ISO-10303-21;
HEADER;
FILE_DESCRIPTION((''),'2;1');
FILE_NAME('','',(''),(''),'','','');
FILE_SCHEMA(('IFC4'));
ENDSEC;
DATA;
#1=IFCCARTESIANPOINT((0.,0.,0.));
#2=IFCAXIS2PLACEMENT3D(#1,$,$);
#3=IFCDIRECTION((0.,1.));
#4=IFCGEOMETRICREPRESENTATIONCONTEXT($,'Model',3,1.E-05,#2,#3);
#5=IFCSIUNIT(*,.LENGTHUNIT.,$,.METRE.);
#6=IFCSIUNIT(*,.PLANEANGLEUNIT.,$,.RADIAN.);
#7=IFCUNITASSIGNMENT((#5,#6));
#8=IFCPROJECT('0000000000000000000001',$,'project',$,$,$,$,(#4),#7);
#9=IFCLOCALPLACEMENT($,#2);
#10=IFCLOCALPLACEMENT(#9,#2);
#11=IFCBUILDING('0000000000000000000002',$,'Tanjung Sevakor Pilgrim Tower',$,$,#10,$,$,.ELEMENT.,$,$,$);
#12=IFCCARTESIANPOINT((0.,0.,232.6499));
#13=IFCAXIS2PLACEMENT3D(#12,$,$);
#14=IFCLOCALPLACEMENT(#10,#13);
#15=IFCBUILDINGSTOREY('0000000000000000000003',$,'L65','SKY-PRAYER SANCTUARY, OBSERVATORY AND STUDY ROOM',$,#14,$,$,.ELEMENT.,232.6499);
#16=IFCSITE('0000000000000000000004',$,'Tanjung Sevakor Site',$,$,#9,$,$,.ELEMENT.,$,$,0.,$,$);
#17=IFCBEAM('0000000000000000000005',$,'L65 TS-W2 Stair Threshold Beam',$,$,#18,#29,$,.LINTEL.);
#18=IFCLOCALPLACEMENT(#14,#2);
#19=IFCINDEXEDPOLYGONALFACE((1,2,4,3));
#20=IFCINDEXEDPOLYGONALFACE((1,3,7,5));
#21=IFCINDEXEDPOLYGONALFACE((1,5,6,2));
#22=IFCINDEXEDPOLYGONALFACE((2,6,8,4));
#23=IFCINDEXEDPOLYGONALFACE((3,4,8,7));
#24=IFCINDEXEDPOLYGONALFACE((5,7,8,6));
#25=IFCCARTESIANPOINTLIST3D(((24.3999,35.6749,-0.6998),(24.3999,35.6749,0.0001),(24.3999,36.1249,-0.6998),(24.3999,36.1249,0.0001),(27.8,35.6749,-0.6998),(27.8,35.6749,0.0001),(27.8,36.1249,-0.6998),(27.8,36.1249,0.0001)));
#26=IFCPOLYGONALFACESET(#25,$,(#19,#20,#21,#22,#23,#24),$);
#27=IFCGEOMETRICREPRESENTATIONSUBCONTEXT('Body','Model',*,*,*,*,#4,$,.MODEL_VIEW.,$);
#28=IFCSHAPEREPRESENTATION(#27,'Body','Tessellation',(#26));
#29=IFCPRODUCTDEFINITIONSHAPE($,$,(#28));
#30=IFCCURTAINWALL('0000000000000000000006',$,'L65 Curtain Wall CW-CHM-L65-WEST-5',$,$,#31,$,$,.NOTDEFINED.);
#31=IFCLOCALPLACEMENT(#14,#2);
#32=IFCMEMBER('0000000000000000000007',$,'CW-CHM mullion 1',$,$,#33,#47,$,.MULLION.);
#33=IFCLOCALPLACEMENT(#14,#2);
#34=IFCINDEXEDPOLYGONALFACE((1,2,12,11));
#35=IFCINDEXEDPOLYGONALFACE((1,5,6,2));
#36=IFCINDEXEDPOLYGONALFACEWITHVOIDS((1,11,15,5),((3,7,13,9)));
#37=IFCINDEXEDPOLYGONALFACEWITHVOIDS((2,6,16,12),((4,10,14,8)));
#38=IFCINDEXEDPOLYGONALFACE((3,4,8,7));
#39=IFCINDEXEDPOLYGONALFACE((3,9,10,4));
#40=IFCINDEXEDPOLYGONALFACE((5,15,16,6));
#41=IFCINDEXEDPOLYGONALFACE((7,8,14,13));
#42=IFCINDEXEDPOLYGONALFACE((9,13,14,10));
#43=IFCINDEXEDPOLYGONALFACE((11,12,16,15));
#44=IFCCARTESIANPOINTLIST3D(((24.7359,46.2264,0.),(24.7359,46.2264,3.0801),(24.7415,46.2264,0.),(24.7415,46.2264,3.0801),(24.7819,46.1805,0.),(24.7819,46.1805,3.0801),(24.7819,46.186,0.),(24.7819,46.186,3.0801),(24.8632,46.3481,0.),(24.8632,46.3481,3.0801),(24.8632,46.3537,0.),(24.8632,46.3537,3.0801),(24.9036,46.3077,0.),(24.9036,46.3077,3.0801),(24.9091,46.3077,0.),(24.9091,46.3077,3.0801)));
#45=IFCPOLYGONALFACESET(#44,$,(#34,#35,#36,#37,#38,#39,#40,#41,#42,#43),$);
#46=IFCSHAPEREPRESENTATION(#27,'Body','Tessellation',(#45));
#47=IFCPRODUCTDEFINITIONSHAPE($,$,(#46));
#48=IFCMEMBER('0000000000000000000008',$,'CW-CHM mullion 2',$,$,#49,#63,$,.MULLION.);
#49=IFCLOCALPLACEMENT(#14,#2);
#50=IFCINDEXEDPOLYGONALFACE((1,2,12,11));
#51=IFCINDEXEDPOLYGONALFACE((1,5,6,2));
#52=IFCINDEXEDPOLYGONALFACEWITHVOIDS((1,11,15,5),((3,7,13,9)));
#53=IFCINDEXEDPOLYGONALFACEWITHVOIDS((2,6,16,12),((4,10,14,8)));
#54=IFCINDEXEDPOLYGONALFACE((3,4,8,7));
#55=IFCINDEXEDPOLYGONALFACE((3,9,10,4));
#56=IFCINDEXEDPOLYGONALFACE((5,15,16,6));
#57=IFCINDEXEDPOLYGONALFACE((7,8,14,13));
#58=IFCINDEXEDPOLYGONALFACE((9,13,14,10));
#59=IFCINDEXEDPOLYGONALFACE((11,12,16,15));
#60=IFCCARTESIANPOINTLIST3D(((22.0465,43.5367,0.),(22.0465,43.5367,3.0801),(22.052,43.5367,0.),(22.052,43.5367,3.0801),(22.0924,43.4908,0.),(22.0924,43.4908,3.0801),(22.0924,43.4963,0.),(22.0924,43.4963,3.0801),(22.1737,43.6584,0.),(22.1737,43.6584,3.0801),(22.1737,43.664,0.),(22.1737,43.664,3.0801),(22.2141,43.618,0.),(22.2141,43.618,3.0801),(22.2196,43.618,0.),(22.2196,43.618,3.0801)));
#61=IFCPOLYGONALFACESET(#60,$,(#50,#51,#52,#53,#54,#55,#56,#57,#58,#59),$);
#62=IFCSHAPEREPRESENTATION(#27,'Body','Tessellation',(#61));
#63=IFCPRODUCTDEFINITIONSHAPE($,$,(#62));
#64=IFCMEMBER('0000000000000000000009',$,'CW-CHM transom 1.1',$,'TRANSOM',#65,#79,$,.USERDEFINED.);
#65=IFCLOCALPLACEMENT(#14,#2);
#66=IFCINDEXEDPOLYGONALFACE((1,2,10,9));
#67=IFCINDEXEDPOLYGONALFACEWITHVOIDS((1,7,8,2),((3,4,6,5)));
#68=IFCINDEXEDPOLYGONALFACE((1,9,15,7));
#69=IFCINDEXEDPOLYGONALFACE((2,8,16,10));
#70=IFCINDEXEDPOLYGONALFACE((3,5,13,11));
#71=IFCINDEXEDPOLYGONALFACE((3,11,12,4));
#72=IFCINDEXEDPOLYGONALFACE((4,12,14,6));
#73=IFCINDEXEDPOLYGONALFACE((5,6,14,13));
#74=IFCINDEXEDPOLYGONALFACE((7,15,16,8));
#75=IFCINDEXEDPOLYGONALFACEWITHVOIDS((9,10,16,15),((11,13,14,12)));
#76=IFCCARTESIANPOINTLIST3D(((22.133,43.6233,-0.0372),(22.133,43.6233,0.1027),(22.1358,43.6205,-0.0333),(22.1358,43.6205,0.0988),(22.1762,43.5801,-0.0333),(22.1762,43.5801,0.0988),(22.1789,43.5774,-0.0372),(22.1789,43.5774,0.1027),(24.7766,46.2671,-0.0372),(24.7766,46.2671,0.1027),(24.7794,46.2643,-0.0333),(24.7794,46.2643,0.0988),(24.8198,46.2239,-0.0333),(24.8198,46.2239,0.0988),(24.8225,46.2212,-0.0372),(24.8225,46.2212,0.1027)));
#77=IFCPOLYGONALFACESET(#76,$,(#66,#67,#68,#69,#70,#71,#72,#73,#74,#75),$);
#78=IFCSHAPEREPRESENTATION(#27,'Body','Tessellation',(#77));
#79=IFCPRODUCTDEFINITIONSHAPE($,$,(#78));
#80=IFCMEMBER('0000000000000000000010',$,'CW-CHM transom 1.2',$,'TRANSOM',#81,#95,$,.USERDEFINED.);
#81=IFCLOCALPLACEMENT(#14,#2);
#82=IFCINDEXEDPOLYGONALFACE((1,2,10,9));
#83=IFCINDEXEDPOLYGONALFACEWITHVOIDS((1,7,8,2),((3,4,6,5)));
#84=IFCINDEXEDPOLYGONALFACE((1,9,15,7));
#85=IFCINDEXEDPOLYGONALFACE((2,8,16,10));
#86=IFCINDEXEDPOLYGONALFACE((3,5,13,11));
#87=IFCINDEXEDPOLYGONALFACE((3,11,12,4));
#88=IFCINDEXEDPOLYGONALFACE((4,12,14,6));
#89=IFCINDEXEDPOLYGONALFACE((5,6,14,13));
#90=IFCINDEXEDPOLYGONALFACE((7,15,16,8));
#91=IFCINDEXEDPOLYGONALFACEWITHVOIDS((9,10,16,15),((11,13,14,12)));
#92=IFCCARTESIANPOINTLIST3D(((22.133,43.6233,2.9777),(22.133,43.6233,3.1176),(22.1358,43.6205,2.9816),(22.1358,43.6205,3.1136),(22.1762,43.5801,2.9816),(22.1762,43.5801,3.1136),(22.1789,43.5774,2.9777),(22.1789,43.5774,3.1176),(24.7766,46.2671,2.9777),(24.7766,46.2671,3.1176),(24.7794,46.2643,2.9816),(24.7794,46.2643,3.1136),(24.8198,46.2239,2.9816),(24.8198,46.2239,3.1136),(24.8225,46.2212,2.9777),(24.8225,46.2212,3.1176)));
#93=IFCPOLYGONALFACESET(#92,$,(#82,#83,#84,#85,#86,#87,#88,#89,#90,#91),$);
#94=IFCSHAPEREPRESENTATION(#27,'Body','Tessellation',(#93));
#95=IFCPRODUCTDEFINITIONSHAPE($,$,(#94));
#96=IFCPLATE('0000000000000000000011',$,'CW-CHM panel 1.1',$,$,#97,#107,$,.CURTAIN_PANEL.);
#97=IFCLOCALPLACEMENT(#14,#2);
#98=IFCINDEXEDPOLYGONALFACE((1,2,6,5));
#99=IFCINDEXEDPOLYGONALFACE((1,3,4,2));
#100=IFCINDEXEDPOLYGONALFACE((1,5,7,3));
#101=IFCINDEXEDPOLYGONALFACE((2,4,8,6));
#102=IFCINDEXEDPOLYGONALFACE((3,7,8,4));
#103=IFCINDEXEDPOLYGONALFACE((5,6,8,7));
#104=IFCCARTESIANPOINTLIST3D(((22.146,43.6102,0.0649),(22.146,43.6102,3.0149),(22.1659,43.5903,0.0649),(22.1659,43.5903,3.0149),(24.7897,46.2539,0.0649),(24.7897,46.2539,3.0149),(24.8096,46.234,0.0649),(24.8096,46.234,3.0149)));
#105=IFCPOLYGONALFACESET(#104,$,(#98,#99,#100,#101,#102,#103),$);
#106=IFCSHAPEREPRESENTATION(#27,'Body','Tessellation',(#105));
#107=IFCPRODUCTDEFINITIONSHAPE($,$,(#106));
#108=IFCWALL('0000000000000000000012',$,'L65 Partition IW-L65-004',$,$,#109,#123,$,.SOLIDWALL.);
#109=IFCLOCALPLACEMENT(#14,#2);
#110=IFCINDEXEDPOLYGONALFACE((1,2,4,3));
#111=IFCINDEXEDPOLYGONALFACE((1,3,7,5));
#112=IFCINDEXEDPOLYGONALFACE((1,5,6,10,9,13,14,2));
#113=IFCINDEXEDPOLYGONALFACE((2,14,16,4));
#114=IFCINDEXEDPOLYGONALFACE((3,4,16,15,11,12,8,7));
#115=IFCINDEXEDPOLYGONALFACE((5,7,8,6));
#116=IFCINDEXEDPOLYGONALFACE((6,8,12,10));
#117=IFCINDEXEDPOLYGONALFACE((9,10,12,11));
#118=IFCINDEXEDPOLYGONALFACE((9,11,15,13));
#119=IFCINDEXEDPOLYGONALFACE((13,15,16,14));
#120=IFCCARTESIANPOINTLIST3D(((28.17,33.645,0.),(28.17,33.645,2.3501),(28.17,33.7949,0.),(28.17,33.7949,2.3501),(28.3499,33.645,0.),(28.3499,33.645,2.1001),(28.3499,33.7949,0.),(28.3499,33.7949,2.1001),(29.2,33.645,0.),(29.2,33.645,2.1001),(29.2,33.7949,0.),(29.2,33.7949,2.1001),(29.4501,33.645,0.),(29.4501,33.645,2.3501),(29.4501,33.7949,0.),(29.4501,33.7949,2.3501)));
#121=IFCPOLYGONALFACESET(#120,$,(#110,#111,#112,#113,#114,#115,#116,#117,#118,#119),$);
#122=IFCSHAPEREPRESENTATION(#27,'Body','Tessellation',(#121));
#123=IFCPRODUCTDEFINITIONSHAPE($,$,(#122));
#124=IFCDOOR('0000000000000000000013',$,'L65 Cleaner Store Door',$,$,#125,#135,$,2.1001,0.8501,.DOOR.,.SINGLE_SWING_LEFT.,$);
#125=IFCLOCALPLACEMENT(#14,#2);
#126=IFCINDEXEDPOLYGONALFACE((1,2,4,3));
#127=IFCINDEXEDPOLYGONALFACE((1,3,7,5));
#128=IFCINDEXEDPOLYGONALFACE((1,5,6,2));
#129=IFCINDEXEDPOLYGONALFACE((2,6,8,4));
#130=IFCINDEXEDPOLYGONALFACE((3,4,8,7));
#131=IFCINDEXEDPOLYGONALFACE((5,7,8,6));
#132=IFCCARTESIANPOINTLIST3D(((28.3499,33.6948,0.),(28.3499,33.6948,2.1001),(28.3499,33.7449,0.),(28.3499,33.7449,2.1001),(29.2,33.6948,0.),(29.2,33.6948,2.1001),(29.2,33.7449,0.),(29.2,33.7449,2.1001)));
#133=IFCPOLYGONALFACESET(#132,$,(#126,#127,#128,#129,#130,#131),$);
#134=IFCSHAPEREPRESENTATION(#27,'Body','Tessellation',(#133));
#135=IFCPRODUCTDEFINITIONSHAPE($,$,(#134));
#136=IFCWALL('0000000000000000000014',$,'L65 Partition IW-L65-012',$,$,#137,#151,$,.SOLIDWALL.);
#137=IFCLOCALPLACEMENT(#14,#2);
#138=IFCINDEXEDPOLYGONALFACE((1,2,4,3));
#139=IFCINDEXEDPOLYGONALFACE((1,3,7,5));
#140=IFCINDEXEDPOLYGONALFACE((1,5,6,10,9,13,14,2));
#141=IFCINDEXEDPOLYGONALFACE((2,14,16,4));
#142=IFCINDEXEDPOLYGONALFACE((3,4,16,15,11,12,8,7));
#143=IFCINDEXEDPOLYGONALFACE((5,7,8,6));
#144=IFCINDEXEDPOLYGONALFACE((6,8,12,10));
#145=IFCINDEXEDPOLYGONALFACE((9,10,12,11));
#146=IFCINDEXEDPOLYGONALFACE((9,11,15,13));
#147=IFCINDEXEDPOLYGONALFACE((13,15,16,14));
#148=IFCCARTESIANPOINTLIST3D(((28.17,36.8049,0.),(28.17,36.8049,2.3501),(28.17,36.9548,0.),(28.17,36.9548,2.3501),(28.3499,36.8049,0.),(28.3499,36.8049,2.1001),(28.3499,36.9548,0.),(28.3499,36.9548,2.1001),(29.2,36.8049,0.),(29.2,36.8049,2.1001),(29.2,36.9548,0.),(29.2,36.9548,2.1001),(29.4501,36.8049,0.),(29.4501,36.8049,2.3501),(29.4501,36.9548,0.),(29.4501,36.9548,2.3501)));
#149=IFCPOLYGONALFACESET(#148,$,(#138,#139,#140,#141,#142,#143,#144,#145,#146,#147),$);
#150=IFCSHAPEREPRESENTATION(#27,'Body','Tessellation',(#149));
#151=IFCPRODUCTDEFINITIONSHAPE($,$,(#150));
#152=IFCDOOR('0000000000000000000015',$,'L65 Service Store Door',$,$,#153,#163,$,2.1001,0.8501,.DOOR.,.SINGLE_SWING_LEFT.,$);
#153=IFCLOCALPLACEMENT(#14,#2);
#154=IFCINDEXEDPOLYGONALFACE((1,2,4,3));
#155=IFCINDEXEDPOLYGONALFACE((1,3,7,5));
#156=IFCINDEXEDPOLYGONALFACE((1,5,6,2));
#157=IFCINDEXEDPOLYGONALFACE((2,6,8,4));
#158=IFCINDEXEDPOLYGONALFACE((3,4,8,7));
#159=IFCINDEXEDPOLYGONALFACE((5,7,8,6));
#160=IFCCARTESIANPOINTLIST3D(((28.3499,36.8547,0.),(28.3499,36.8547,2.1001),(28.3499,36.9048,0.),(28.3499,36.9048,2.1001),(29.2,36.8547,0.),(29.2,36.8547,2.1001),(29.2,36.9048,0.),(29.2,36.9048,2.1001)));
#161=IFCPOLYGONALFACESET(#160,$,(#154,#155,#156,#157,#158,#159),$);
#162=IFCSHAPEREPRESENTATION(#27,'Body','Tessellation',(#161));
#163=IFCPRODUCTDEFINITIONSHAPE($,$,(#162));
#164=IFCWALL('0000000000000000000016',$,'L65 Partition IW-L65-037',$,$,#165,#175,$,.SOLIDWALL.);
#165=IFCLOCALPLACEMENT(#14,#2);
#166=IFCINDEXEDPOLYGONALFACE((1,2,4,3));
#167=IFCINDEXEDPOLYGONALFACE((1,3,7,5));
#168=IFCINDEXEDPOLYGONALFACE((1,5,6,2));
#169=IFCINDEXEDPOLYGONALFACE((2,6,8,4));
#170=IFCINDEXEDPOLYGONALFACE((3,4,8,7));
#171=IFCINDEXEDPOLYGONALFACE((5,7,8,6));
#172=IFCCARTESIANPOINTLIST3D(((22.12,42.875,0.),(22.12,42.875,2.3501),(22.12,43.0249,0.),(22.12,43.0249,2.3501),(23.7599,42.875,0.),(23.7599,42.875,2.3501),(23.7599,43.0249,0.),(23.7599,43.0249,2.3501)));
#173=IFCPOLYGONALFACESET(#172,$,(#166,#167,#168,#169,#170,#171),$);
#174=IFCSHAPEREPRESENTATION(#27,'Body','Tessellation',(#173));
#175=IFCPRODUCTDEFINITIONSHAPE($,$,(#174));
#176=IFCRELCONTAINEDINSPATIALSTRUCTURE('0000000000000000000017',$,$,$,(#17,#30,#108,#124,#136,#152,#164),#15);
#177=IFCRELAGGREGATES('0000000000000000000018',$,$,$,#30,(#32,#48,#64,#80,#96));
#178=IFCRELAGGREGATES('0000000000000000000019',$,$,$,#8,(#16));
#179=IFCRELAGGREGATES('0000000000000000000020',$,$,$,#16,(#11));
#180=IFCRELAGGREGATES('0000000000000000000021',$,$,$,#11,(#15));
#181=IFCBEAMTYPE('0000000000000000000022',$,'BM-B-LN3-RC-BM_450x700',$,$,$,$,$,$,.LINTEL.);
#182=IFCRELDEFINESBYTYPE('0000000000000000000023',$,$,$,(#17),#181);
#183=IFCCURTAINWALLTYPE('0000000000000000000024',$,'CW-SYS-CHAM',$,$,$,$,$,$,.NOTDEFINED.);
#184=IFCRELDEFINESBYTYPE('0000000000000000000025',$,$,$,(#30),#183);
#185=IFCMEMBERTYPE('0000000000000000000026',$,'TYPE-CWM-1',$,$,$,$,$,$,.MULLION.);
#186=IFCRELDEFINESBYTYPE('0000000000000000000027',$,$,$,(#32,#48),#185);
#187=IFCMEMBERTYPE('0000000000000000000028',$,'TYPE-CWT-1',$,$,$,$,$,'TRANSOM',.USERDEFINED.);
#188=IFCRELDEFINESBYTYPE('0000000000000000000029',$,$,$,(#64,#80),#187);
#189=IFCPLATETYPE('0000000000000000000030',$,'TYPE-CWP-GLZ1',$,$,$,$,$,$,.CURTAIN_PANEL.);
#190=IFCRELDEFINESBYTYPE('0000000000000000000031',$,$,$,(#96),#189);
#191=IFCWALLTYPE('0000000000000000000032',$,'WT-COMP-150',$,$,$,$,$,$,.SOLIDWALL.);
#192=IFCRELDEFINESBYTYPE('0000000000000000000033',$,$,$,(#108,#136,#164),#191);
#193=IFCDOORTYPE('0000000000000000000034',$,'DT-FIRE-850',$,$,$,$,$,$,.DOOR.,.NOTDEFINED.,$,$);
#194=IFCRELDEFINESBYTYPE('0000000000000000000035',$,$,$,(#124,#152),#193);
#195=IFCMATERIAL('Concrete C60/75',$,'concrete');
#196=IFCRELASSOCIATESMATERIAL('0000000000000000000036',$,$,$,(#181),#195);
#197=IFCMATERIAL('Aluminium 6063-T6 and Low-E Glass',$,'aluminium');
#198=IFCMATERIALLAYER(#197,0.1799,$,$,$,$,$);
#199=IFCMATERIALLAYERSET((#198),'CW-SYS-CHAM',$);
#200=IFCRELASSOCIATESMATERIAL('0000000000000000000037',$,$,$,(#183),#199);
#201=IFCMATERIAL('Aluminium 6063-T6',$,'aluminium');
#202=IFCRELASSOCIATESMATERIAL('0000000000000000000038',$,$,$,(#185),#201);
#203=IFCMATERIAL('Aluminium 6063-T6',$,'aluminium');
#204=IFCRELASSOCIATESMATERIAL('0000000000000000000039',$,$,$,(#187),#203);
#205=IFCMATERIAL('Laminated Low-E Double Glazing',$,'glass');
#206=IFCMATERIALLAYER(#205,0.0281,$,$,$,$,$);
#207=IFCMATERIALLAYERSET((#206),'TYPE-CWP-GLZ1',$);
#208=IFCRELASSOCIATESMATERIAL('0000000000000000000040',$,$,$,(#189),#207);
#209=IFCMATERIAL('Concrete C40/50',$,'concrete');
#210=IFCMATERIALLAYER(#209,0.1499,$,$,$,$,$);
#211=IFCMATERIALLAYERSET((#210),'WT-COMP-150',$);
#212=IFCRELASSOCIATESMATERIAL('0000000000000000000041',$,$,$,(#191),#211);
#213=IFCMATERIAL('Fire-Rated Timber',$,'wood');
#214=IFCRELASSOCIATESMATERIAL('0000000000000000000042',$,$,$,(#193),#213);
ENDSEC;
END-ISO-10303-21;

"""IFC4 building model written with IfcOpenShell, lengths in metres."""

from ifc_helpers import new_model, si_unit, direction, frame, frame_2d, origin, origin_2d, place, context, subcontext, project, spatial, rectangle, hollow_rectangle, extrude, material, layer, layer_set, material_profile, profile_set, type_object, element, fill, aggregate, save


model = new_model("IFC4")

# Units and contexts
model_context = context("Model", 3, precision=1e-05, world=origin(), true_north=direction((0.0, 1.0)))
body_context = subcontext(model_context, "Body", "Model", "MODEL_VIEW")
ifc_project = project(units=[si_unit("LENGTHUNIT", "METRE"), si_unit("PLANEANGLEUNIT", "RADIAN")], contexts=[model_context])

# Site, building, storey
site_placement = place(None, origin())
site = spatial("IfcSite", under=ifc_project, at=site_placement, Name="Tanjung Sevakor Site", CompositionType="ELEMENT", RefElevation=0.0)
building_placement = place(site_placement, origin())
building = spatial("IfcBuilding", under=site, at=building_placement, Name="Tanjung Sevakor Pilgrim Tower", CompositionType="ELEMENT")
storey_placement = place(building_placement, frame((0.0, 0.0, 232.6499)))
storey = spatial("IfcBuildingStorey", under=building, at=storey_placement, Name="L65", Description="SKY-PRAYER SANCTUARY, OBSERVATORY AND STUDY ROOM", CompositionType="ELEMENT", Elevation=232.6499)

# Beam
ifc_material_1 = material(Name="Concrete C60/75", Category="concrete")
ifc_material_profile_1 = material_profile(ifc_material_1, rectangle(XDim=0.45, YDim=0.7, at=origin_2d()))
ifc_profile_set_1 = profile_set([ifc_material_profile_1], Name="Concrete C60/75")
beam_type = type_object("IfcBeamType", Name="BM-B-LN3-RC-BM_450x700", PredefinedType="LINTEL", material=ifc_profile_set_1)
beam_placement = place(storey_placement, frame((24.3999, 35.8999, -0.3499), z_axis=(1.0, 0.0, 0.0), x_axis=(0.0, 1.0, 0.0)))
element("IfcBeam", 1, at=beam_placement, inside=storey, type_object=beam_type, Name="L65 TS-W2 Stair Threshold Beam", PredefinedType="LINTEL", context=body_context, shape_type="SweptSolid", body=[
    extrude(rectangle(XDim=0.45, YDim=0.7, at=origin_2d()), origin(), (0.0, 0.0, 1.0), 3.4001),
])

# Curtain wall, members, plate
ifc_material_2 = material(Name="Aluminium 6063-T6 and Low-E Glass", Category="aluminium")
ifc_layer_1 = layer(ifc_material_2, 0.1799)
ifc_layer_set_1 = layer_set([ifc_layer_1], Name="CW-SYS-CHAM")
curtain_wall_type = type_object("IfcCurtainWallType", Name="CW-SYS-CHAM", PredefinedType="NOTDEFINED", material=ifc_layer_set_1)
curtain_wall_placement = place(storey_placement, origin())
curtain_wall = element("IfcCurtainWall", 2, at=curtain_wall_placement, inside=storey, type_object=curtain_wall_type, Name="L65 Curtain Wall CW-CHM-L65-WEST-5", PredefinedType="NOTDEFINED")
ifc_material_3 = material(Name="Aluminium 6063-T6", Category="aluminium")
ifc_material_profile_2 = material_profile(ifc_material_3, hollow_rectangle(XDim=0.0649, YDim=0.1799, WallThickness=0.0039, at=origin_2d()))
ifc_profile_set_2 = profile_set([ifc_material_profile_2], Name="Aluminium 6063-T6")
member_type_1 = type_object("IfcMemberType", Name="TYPE-CWM-1", PredefinedType="MULLION", material=ifc_profile_set_2)
member_1_placement = place(storey_placement, frame((24.8225, 46.2671, 0.0), z_axis=(0.0, 0.0, 1.0), x_axis=(0.707107, -0.707107, 0.0)))
member_1 = element("IfcMember", 3, at=member_1_placement, type_object=member_type_1, Name="CW-CHM mullion 1", PredefinedType="MULLION", context=body_context, shape_type="SweptSolid", body=[
    extrude(hollow_rectangle(XDim=0.0649, YDim=0.1799, WallThickness=0.0039, at=origin_2d()), origin(), (0.0, 0.0, 1.0), 3.0801),
])
member_2_placement = place(storey_placement, frame((22.1331, 43.5774, 0.0), z_axis=(0.0, 0.0, 1.0), x_axis=(0.707107, -0.707107, 0.0)))
member_2 = element("IfcMember", 4, at=member_2_placement, type_object=member_type_1, Name="CW-CHM mullion 2", PredefinedType="MULLION", context=body_context, shape_type="SweptSolid", body=[
    extrude(hollow_rectangle(XDim=0.0649, YDim=0.1799, WallThickness=0.0039, at=origin_2d()), origin(), (0.0, 0.0, 1.0), 3.0801),
])
ifc_material_4 = material(Name="Aluminium 6063-T6", Category="aluminium")
ifc_material_profile_3 = material_profile(ifc_material_4, hollow_rectangle(XDim=0.0649, YDim=0.1399, WallThickness=0.0039, at=origin_2d()))
ifc_profile_set_3 = profile_set([ifc_material_profile_3], Name="Aluminium 6063-T6")
member_type_2 = type_object("IfcMemberType", Name="TYPE-CWT-1", ElementType="TRANSOM", PredefinedType="USERDEFINED", material=ifc_profile_set_3)
member_3_placement = place(storey_placement, frame((24.7996, 46.2441, 0.0327), z_axis=(-0.707074, -0.707139, 0.0), x_axis=(0.707139, -0.707074, 0.0)))
member_3 = element("IfcMember", 5, at=member_3_placement, type_object=member_type_2, Name="CW-CHM transom 1.1", ObjectType="TRANSOM", PredefinedType="USERDEFINED", context=body_context, shape_type="SweptSolid", body=[
    extrude(hollow_rectangle(XDim=0.0649, YDim=0.1399, WallThickness=0.0039, at=origin_2d()), origin(), (0.0, 0.0, 1.0), 3.7388),
])
member_4_placement = place(storey_placement, frame((24.7996, 46.2441, 3.0476), z_axis=(-0.707074, -0.707139, 0.0), x_axis=(0.707139, -0.707074, 0.0)))
member_4 = element("IfcMember", 6, at=member_4_placement, type_object=member_type_2, Name="CW-CHM transom 1.2", ObjectType="TRANSOM", PredefinedType="USERDEFINED", context=body_context, shape_type="SweptSolid", body=[
    extrude(hollow_rectangle(XDim=0.0649, YDim=0.1399, WallThickness=0.0039, at=origin_2d()), origin(), (0.0, 0.0, 1.0), 3.7388),
])
ifc_material_5 = material(Name="Laminated Low-E Double Glazing", Category="glass")
ifc_layer_2 = layer(ifc_material_5, 0.0281)
ifc_layer_set_2 = layer_set([ifc_layer_2], Name="TYPE-CWP-GLZ1")
plate_type = type_object("IfcPlateType", Name="TYPE-CWP-GLZ1", PredefinedType="CURTAIN_PANEL", material=ifc_layer_set_2)
plate_placement = place(storey_placement, frame((23.4778, 44.9221, 0.0649), z_axis=(0.0, 0.0, 1.0), x_axis=(-0.707107, -0.707107, 0.0)))
plate = element("IfcPlate", 7, at=plate_placement, type_object=plate_type, Name="CW-CHM panel 1.1", PredefinedType="CURTAIN_PANEL", context=body_context, shape_type="SweptSolid", body=[
    extrude(rectangle(XDim=3.7388, YDim=0.0281, at=origin_2d()), origin(), (0.0, 0.0, 1.0), 2.95),
])
aggregate(curtain_wall, [member_1, member_2, member_3, member_4, plate])

# Walls, openings, doors
ifc_material_6 = material(Name="Concrete C40/50", Category="concrete")
ifc_layer_3 = layer(ifc_material_6, 0.1499)
ifc_layer_set_3 = layer_set([ifc_layer_3], Name="WT-COMP-150")
wall_type_1 = type_object("IfcWallType", Name="WT-COMP-150", PredefinedType="SOLIDWALL", material=ifc_layer_set_3)
wall_1_placement = place(storey_placement, frame((28.1699, 33.72, 0.0), z_axis=(0.0, 0.0, 1.0), x_axis=(1.0, 0.0, 0.0)))
wall_1 = element("IfcWall", 8, at=wall_1_placement, inside=storey, type_object=wall_type_1, Name="L65 Partition IW-L65-004", PredefinedType="SOLIDWALL", context=body_context, shape_type="SweptSolid", body=[
    extrude(rectangle(XDim=1.28, YDim=0.1499, at=frame_2d((0.6401, 0.0))), origin(), (0.0, 0.0, 1.0), 2.3501),
])
opening_1_placement = place(wall_1_placement, frame((0.1799, 0.0, 0.0)))
opening_1 = element("IfcOpeningElement", 9, at=opening_1_placement, cuts=wall_1, PredefinedType="OPENING", context=body_context, shape_type="SweptSolid", body=[
    extrude(rectangle(XDim=0.8501, YDim=2.1001, at=frame_2d((0.425, 1.05))), frame((0.0, 0.085, 0.0), z_axis=(0.0, -1.0, 0.0), x_axis=(1.0, 0.0, 0.0)), (0.0, 0.0, 1.0), 0.1699),
])
ifc_material_7 = material(Name="Fire-Rated Timber", Category="wood")
door_type_1 = type_object("IfcDoorType", Name="DT-FIRE-850", OperationType="NOTDEFINED", PredefinedType="DOOR", material=ifc_material_7)
door_1_placement = place(opening_1_placement, origin())
door_1 = element("IfcDoor", 10, at=door_1_placement, inside=storey, type_object=door_type_1, Name="L65 Cleaner Store Door", OperationType="SINGLE_SWING_LEFT", OverallHeight=2.1001, OverallWidth=0.8501, PredefinedType="DOOR", context=body_context, shape_type="SweptSolid", body=[
    extrude(rectangle(XDim=0.8501, YDim=2.1001, at=frame_2d((0.425, 1.05))), frame((0.0, 0.0249, 0.0), z_axis=(0.0, -1.0, 0.0), x_axis=(1.0, 0.0, 0.0)), (0.0, 0.0, 1.0), 0.05),
])
fill(opening_1, door_1)
wall_2_placement = place(storey_placement, frame((28.1699, 36.8799, 0.0), z_axis=(0.0, 0.0, 1.0), x_axis=(1.0, 0.0, 0.0)))
wall_2 = element("IfcWall", 11, at=wall_2_placement, inside=storey, type_object=wall_type_1, Name="L65 Partition IW-L65-012", PredefinedType="SOLIDWALL", context=body_context, shape_type="SweptSolid", body=[
    extrude(rectangle(XDim=1.28, YDim=0.1499, at=frame_2d((0.6401, 0.0))), origin(), (0.0, 0.0, 1.0), 2.3501),
])
opening_2_placement = place(wall_2_placement, frame((0.1799, 0.0, 0.0)))
opening_2 = element("IfcOpeningElement", 12, at=opening_2_placement, cuts=wall_2, PredefinedType="OPENING", context=body_context, shape_type="SweptSolid", body=[
    extrude(rectangle(XDim=0.8501, YDim=2.1001, at=frame_2d((0.425, 1.05))), frame((0.0, 0.085, 0.0), z_axis=(0.0, -1.0, 0.0), x_axis=(1.0, 0.0, 0.0)), (0.0, 0.0, 1.0), 0.1699),
])
door_2_placement = place(opening_2_placement, origin())
door_2 = element("IfcDoor", 13, at=door_2_placement, inside=storey, type_object=door_type_1, Name="L65 Service Store Door", OperationType="SINGLE_SWING_LEFT", OverallHeight=2.1001, OverallWidth=0.8501, PredefinedType="DOOR", context=body_context, shape_type="SweptSolid", body=[
    extrude(rectangle(XDim=0.8501, YDim=2.1001, at=frame_2d((0.425, 1.05))), frame((0.0, 0.0249, 0.0), z_axis=(0.0, -1.0, 0.0), x_axis=(1.0, 0.0, 0.0)), (0.0, 0.0, 1.0), 0.05),
])
fill(opening_2, door_2)

# Wall
wall_3_placement = place(storey_placement, frame((22.1201, 42.95, 0.0), z_axis=(0.0, 0.0, 1.0), x_axis=(1.0, 0.0, 0.0)))
element("IfcWall", 14, at=wall_3_placement, inside=storey, type_object=wall_type_1, Name="L65 Partition IW-L65-037", PredefinedType="SOLIDWALL", context=body_context, shape_type="SweptSolid", body=[
    extrude(rectangle(XDim=1.6399, YDim=0.1499, at=frame_2d((0.8198, 0.0))), origin(), (0.0, 0.0, 1.0), 2.3501),
])

save(model, "model.ifc")
